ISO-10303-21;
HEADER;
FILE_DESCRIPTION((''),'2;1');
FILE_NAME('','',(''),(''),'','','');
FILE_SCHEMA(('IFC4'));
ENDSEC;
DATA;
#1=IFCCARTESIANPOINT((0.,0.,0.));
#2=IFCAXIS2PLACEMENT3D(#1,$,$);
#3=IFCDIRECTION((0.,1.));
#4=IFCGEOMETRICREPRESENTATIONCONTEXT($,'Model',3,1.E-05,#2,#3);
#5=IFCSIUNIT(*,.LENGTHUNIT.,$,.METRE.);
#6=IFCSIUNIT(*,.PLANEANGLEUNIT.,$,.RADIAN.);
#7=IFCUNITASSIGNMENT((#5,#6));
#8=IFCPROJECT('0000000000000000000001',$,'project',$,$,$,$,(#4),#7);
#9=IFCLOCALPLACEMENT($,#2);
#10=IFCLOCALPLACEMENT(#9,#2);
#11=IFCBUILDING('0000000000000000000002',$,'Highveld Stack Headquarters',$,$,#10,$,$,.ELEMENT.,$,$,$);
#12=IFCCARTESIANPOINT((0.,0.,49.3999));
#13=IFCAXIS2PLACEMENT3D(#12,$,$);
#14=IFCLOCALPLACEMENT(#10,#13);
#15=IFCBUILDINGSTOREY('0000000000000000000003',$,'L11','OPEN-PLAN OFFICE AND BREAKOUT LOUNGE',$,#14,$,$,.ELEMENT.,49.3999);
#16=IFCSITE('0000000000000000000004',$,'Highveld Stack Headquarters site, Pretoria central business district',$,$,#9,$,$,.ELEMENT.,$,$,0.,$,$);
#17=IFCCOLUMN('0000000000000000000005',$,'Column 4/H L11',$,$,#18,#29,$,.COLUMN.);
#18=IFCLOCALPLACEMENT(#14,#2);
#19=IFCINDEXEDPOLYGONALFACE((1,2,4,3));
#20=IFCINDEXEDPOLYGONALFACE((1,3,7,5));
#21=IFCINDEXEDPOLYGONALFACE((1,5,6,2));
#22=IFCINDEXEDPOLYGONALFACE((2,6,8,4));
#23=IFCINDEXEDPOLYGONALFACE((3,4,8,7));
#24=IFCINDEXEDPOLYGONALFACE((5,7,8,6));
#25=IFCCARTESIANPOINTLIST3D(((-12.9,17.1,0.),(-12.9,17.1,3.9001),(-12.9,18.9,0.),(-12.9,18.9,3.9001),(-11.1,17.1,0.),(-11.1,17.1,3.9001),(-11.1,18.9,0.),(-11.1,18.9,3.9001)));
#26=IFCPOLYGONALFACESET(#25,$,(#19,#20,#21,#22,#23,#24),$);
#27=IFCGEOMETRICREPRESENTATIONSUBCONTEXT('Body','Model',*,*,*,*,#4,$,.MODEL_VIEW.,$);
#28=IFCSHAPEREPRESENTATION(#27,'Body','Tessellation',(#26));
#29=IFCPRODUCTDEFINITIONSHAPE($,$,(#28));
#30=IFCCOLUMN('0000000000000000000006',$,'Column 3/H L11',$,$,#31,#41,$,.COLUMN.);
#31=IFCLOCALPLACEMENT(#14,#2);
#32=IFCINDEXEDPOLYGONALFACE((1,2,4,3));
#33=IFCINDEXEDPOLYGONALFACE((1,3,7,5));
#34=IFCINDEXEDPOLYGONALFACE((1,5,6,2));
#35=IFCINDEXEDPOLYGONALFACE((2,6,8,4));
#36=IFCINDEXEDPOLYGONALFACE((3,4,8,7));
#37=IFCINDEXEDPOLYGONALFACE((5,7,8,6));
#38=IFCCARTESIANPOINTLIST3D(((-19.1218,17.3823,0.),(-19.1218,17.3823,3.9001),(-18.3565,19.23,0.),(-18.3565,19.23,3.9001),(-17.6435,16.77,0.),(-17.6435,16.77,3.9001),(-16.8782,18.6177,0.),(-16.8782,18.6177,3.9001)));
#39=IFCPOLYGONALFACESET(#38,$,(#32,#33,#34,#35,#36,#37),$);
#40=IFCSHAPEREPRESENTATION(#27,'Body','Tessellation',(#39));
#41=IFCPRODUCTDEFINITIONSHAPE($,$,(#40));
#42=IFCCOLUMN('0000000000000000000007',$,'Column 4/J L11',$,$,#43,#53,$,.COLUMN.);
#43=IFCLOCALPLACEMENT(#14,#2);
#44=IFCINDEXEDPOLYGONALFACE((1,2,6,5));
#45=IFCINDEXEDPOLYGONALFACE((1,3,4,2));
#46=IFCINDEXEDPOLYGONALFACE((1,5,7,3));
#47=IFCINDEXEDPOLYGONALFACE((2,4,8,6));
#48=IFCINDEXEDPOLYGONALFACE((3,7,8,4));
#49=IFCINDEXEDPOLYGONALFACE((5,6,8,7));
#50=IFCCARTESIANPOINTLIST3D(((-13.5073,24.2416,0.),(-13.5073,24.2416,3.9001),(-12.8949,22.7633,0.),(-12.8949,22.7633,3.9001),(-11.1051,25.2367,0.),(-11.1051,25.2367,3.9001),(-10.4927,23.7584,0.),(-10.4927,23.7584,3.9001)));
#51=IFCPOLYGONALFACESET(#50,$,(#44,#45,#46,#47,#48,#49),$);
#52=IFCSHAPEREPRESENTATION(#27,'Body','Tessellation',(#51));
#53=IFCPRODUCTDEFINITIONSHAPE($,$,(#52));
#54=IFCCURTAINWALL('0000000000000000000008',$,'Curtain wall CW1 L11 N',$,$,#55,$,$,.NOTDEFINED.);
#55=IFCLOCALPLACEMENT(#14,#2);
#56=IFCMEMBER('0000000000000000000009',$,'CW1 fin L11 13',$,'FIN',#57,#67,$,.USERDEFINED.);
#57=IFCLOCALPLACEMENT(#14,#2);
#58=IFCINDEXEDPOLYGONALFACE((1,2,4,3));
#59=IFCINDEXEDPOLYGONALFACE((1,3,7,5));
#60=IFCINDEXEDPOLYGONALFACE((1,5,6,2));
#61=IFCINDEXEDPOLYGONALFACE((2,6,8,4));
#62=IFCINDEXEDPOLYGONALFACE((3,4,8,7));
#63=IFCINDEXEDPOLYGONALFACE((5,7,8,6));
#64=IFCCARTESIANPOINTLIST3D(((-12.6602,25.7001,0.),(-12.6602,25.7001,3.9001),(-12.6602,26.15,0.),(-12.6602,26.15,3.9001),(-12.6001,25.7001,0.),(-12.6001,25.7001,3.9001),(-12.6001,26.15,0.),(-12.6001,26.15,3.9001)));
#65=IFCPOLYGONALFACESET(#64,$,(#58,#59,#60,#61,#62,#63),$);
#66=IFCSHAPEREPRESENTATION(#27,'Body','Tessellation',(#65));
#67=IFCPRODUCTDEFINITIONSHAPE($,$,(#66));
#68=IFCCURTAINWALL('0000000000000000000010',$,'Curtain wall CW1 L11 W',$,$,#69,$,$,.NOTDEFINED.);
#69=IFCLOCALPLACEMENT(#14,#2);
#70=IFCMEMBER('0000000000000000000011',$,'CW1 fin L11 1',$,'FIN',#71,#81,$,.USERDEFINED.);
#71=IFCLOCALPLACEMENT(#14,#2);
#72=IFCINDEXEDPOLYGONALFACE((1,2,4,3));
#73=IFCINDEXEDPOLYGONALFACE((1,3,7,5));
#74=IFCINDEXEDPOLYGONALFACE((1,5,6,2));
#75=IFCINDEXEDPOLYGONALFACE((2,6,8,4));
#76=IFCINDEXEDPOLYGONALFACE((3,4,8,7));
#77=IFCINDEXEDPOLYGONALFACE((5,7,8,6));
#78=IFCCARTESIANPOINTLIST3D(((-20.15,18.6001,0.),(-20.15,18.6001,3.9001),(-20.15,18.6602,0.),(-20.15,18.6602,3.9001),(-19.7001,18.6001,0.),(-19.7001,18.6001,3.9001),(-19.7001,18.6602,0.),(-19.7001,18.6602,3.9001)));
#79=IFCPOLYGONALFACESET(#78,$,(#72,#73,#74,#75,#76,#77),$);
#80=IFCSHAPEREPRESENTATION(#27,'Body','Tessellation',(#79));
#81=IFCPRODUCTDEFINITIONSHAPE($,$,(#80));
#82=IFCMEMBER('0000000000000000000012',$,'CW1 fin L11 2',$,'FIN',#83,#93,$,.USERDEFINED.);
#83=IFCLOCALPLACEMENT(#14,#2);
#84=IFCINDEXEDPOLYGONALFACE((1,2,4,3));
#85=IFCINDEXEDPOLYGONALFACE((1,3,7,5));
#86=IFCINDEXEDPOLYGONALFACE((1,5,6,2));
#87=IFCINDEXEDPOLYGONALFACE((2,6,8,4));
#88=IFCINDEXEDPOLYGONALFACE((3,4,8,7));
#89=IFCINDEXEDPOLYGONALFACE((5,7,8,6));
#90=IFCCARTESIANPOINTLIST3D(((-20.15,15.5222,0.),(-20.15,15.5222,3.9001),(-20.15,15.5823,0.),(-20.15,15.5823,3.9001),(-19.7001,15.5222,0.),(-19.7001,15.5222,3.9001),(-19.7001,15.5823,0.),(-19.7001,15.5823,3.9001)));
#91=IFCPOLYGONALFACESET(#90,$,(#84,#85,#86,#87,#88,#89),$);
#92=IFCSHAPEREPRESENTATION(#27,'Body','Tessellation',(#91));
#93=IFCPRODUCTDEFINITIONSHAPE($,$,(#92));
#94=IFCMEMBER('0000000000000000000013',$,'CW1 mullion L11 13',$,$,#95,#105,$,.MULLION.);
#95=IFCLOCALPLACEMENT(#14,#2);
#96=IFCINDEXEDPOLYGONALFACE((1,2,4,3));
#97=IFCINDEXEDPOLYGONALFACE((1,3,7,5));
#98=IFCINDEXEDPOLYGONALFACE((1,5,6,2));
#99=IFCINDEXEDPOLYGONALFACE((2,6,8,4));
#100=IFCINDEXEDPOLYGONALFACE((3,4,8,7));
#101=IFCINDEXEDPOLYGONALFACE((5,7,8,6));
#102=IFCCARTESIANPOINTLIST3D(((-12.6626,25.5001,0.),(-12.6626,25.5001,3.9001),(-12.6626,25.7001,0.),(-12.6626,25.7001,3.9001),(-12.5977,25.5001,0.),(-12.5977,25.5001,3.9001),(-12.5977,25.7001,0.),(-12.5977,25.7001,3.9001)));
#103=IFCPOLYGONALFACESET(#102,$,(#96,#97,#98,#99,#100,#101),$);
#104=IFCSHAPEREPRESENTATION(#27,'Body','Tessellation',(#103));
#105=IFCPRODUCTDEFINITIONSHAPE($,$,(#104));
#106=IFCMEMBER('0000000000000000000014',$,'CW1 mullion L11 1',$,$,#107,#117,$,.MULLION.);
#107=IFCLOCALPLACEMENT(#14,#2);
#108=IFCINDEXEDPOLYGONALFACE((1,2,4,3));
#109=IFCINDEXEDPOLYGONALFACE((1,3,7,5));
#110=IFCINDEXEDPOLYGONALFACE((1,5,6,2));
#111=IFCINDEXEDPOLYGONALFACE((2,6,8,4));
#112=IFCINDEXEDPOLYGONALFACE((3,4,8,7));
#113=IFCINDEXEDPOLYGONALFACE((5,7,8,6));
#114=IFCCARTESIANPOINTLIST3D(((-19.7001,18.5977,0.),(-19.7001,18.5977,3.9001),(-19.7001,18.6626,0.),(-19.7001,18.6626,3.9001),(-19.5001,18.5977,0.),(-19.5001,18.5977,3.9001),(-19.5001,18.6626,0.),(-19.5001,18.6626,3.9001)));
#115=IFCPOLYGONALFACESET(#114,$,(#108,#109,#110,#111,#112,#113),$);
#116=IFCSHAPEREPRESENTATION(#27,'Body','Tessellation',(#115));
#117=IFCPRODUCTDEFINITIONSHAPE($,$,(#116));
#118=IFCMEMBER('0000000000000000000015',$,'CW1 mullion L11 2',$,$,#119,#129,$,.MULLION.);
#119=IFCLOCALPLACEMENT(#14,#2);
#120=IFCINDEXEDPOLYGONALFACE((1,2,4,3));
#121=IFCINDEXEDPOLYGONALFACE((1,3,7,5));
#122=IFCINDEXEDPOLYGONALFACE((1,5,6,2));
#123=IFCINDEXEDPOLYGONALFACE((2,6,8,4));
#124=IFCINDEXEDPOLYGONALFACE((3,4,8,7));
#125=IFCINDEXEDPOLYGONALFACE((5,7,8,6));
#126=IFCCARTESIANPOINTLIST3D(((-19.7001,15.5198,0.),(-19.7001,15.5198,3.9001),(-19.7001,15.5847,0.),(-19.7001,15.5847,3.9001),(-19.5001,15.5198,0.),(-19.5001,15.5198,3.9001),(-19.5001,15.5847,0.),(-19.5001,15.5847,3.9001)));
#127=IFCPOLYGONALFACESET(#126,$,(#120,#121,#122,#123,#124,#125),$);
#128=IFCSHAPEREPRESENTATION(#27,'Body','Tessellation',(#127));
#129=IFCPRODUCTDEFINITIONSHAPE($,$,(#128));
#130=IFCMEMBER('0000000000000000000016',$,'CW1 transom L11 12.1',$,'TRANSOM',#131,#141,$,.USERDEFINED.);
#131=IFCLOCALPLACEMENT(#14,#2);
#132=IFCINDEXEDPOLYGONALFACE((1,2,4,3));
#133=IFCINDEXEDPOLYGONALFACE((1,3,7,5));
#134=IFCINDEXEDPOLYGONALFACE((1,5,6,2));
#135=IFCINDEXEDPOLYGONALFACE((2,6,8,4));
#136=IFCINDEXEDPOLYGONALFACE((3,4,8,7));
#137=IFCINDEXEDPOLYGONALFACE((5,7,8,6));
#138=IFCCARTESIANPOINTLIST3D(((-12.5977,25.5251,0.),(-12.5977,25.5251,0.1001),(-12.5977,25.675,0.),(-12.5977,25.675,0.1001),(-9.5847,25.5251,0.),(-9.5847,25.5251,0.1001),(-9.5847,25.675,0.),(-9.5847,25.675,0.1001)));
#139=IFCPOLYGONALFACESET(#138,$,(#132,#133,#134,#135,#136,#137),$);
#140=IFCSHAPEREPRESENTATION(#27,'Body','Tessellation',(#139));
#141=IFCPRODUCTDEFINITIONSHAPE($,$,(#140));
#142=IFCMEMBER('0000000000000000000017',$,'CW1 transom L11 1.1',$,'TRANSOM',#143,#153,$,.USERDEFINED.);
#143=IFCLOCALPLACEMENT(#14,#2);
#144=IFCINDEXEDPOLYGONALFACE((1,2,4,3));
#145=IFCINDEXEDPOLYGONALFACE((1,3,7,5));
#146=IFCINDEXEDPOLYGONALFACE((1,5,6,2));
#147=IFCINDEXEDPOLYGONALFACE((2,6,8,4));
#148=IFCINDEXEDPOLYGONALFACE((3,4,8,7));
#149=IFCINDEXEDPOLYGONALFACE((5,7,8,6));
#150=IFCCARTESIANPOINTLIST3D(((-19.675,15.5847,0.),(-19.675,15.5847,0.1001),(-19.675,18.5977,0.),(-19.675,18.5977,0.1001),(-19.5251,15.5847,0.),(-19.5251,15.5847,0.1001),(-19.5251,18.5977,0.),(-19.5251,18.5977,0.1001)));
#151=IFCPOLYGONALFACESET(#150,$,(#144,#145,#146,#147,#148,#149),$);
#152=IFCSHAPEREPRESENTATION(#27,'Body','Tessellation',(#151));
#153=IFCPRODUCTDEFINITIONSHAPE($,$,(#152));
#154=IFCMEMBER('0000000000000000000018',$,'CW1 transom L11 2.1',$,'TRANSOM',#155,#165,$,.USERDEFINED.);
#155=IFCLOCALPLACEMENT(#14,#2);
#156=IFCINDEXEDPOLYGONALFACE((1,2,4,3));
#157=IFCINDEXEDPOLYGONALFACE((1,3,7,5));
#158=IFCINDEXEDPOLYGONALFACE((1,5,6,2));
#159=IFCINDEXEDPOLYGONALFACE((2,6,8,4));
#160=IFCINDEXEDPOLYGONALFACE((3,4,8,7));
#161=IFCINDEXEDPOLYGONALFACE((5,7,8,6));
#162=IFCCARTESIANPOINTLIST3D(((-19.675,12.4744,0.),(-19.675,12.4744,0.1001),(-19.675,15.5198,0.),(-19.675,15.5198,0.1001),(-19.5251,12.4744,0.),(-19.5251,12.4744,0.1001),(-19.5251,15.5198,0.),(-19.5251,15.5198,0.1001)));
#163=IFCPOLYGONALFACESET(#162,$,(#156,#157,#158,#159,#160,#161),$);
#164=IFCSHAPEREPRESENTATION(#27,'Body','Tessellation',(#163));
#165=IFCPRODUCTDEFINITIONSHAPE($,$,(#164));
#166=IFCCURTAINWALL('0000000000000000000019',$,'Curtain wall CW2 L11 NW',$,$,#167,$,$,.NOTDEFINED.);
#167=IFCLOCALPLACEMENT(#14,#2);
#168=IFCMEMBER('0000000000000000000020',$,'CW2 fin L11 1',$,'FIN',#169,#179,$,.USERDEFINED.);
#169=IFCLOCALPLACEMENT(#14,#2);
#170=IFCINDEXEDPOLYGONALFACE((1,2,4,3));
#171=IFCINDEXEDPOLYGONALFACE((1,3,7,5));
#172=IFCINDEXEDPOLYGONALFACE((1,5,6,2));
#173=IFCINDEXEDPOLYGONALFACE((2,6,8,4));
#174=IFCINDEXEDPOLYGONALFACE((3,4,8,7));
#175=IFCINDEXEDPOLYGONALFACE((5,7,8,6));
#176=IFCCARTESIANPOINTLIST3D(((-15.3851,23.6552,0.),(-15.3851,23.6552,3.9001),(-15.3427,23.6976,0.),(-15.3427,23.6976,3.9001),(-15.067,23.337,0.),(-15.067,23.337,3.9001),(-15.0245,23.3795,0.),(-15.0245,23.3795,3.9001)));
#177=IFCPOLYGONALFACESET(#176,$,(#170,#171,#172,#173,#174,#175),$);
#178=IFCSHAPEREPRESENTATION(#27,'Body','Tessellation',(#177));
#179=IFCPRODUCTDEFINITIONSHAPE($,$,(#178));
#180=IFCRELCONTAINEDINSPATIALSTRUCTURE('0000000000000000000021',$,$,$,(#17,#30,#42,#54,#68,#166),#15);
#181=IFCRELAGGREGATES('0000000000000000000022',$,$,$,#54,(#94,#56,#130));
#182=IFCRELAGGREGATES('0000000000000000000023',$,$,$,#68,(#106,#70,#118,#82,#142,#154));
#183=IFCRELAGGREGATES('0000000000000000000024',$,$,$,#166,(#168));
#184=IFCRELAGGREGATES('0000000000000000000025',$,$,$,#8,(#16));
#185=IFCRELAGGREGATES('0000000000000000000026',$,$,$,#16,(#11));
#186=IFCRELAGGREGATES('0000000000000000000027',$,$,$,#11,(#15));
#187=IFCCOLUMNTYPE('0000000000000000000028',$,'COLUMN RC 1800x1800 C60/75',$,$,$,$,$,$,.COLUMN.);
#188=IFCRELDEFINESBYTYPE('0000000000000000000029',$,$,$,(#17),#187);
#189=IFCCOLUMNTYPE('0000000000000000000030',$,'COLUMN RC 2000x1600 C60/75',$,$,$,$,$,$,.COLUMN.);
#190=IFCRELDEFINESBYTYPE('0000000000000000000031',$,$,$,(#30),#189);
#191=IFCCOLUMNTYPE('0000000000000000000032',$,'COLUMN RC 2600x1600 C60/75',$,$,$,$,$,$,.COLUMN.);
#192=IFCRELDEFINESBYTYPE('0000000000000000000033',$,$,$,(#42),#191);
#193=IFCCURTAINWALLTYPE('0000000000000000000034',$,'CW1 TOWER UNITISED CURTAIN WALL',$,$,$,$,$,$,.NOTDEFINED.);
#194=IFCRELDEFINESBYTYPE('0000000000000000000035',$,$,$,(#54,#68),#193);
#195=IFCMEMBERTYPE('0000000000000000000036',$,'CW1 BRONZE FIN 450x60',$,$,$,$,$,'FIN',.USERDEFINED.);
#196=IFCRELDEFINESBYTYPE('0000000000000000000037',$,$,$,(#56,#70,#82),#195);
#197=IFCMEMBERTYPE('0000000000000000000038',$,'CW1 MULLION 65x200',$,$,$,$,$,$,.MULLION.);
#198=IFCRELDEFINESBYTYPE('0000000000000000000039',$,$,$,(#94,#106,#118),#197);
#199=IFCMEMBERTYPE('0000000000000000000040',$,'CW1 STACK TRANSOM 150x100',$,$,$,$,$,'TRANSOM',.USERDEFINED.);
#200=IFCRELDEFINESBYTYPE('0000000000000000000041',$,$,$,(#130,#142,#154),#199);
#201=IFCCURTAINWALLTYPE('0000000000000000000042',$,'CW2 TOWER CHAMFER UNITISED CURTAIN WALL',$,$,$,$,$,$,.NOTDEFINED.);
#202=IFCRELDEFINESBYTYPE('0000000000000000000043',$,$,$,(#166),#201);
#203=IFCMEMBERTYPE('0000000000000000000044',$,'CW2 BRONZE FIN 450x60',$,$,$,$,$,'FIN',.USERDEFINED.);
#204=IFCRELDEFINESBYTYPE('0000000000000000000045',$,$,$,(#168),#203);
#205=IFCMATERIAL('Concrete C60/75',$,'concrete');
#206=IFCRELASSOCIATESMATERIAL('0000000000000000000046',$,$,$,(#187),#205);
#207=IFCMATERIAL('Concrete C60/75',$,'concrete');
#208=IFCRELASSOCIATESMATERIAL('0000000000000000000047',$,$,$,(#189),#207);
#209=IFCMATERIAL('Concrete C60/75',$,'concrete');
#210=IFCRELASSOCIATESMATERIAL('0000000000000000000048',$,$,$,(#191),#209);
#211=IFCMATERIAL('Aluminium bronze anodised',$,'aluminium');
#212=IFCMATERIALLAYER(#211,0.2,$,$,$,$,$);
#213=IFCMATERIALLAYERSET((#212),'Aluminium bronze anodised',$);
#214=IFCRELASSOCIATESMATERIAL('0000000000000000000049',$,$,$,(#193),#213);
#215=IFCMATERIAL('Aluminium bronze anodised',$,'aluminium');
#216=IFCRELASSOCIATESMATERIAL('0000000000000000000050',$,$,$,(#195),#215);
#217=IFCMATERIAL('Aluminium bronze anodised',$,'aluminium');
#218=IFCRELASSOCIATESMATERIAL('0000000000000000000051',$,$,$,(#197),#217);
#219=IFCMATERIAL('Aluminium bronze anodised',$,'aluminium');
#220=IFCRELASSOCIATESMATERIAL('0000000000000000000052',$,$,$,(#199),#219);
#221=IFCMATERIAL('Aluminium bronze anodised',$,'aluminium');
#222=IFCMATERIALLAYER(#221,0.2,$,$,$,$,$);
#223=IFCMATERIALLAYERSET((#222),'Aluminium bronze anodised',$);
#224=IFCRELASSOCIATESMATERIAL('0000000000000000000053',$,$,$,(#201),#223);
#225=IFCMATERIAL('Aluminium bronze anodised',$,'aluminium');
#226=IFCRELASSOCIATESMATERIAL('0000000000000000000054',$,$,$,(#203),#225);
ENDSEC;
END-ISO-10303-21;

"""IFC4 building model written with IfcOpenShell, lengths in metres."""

from ifc_helpers import new_model, si_unit, direction, frame, origin, origin_2d, place, context, subcontext, project, spatial, rectangle, extrude, material, layer, layer_set, material_profile, profile_set, type_object, element, aggregate, save


model = new_model("IFC4")

# Units and contexts
model_context = context("Model", 3, precision=1e-05, world=origin(), true_north=direction((0.0, 1.0)))
body_context = subcontext(model_context, "Body", "Model", "MODEL_VIEW")
ifc_project = project(units=[si_unit("LENGTHUNIT", "METRE"), si_unit("PLANEANGLEUNIT", "RADIAN")], contexts=[model_context])

# Site, building, storey
site_placement = place(None, origin())
site = spatial("IfcSite", under=ifc_project, at=site_placement, Name="Highveld Stack Headquarters site, Pretoria central business district", CompositionType="ELEMENT", RefElevation=0.0)
building_placement = place(site_placement, origin())
building = spatial("IfcBuilding", under=site, at=building_placement, Name="Highveld Stack Headquarters", CompositionType="ELEMENT")
storey_placement = place(building_placement, frame((0.0, 0.0, 49.3999)))
storey = spatial("IfcBuildingStorey", under=building, at=storey_placement, Name="L11", Description="OPEN-PLAN OFFICE AND BREAKOUT LOUNGE", CompositionType="ELEMENT", Elevation=49.3999)

# Columns
ifc_material_1 = material(Name="Concrete C60/75", Category="concrete")
ifc_material_profile_1 = material_profile(ifc_material_1, rectangle(XDim=1.8, YDim=1.8, at=origin_2d()), Name="RC 1800x1800")
ifc_profile_set_1 = profile_set([ifc_material_profile_1], Name="Concrete C60/75")
column_type_1 = type_object("IfcColumnType", Name="COLUMN RC 1800x1800 C60/75", PredefinedType="COLUMN", material=ifc_profile_set_1)
column_1_placement = place(storey_placement, frame((-12.0, 18.0, 0.0), z_axis=(0.0, 0.0, 1.0), x_axis=(1.0, 0.0, 0.0)))
element("IfcColumn", 1, at=column_1_placement, inside=storey, type_object=column_type_1, Name="Column 4/H L11", PredefinedType="COLUMN", context=body_context, shape_type="SweptSolid", body=[
    extrude(rectangle(XDim=1.8, YDim=1.8, at=origin_2d()), origin(), (0.0, 0.0, 1.0), 3.9001),
])
ifc_material_2 = material(Name="Concrete C60/75", Category="concrete")
ifc_material_profile_2 = material_profile(ifc_material_2, rectangle(XDim=2.0, YDim=1.6001, at=origin_2d()), Name="RC 2000x1600")
ifc_profile_set_2 = profile_set([ifc_material_profile_2], Name="Concrete C60/75")
column_type_2 = type_object("IfcColumnType", Name="COLUMN RC 2000x1600 C60/75", PredefinedType="COLUMN", material=ifc_profile_set_2)
column_2_placement = place(storey_placement, frame((-18.0, 18.0, 0.0), z_axis=(0.0, 0.0, 1.0), x_axis=(0.382683, 0.92388, 0.0)))
element("IfcColumn", 2, at=column_2_placement, inside=storey, type_object=column_type_2, Name="Column 3/H L11", PredefinedType="COLUMN", context=body_context, shape_type="SweptSolid", body=[
    extrude(rectangle(XDim=2.0, YDim=1.6001, at=origin_2d()), origin(), (0.0, 0.0, 1.0), 3.9001),
])
ifc_material_3 = material(Name="Concrete C60/75", Category="concrete")
ifc_material_profile_3 = material_profile(ifc_material_3, rectangle(XDim=2.6001, YDim=1.6001, at=origin_2d()), Name="RC 2600x1600")
ifc_profile_set_3 = profile_set([ifc_material_profile_3], Name="Concrete C60/75")
column_type_3 = type_object("IfcColumnType", Name="COLUMN RC 2600x1600 C60/75", PredefinedType="COLUMN", material=ifc_profile_set_3)
column_3_placement = place(storey_placement, frame((-12.0, 24.0, 0.0), z_axis=(0.0, 0.0, 1.0), x_axis=(0.92388, 0.382683, 0.0)))
element("IfcColumn", 3, at=column_3_placement, inside=storey, type_object=column_type_3, Name="Column 4/J L11", PredefinedType="COLUMN", context=body_context, shape_type="SweptSolid", body=[
    extrude(rectangle(XDim=2.6001, YDim=1.6001, at=origin_2d()), origin(), (0.0, 0.0, 1.0), 3.9001),
])

# Curtain wall, member
ifc_material_4 = material(Name="Aluminium bronze anodised", Category="aluminium")
ifc_layer_1 = layer(ifc_material_4, 0.2)
ifc_layer_set_1 = layer_set([ifc_layer_1], Name="Aluminium bronze anodised")
curtain_wall_type_1 = type_object("IfcCurtainWallType", Name="CW1 TOWER UNITISED CURTAIN WALL", PredefinedType="NOTDEFINED", material=ifc_layer_set_1)
curtain_wall_1_placement = place(storey_placement, origin())
curtain_wall_1 = element("IfcCurtainWall", 4, at=curtain_wall_1_placement, inside=storey, type_object=curtain_wall_type_1, Name="Curtain wall CW1 L11 N", PredefinedType="NOTDEFINED")
ifc_material_5 = material(Name="Aluminium bronze anodised", Category="aluminium")
ifc_material_profile_4 = material_profile(ifc_material_5, rectangle(XDim=0.45, YDim=0.0601, at=origin_2d()), Name="FIN 450x60")
ifc_profile_set_4 = profile_set([ifc_material_profile_4], Name="Aluminium bronze anodised")
member_type_1 = type_object("IfcMemberType", Name="CW1 BRONZE FIN 450x60", ElementType="FIN", PredefinedType="USERDEFINED", material=ifc_profile_set_4)
member_1_placement = place(storey_placement, frame((-12.6301, 25.925, 0.0), z_axis=(0.0, 0.0, 1.0), x_axis=(0.0, -1.0, 0.0)))
member_1 = element("IfcMember", 5, at=member_1_placement, type_object=member_type_1, Name="CW1 fin L11 13", ObjectType="FIN", PredefinedType="USERDEFINED", context=body_context, shape_type="SweptSolid", body=[
    extrude(rectangle(XDim=0.45, YDim=0.0601, at=origin_2d()), origin(), (0.0, 0.0, 1.0), 3.9001),
])

# Curtain wall, members
curtain_wall_2_placement = place(storey_placement, origin())
curtain_wall_2 = element("IfcCurtainWall", 6, at=curtain_wall_2_placement, inside=storey, type_object=curtain_wall_type_1, Name="Curtain wall CW1 L11 W", PredefinedType="NOTDEFINED")
member_2_placement = place(storey_placement, frame((-19.925, 18.6301, 0.0), z_axis=(0.0, 0.0, 1.0), x_axis=(1.0, 0.0, 0.0)))
member_2 = element("IfcMember", 7, at=member_2_placement, type_object=member_type_1, Name="CW1 fin L11 1", ObjectType="FIN", PredefinedType="USERDEFINED", context=body_context, shape_type="SweptSolid", body=[
    extrude(rectangle(XDim=0.45, YDim=0.0601, at=origin_2d()), origin(), (0.0, 0.0, 1.0), 3.9001),
])
member_3_placement = place(storey_placement, frame((-19.925, 15.5522, 0.0), z_axis=(0.0, 0.0, 1.0), x_axis=(1.0, 0.0, 0.0)))
member_3 = element("IfcMember", 8, at=member_3_placement, type_object=member_type_1, Name="CW1 fin L11 2", ObjectType="FIN", PredefinedType="USERDEFINED", context=body_context, shape_type="SweptSolid", body=[
    extrude(rectangle(XDim=0.45, YDim=0.0601, at=origin_2d()), origin(), (0.0, 0.0, 1.0), 3.9001),
])

# Members
ifc_material_6 = material(Name="Aluminium bronze anodised", Category="aluminium")
ifc_material_profile_5 = material_profile(ifc_material_6, rectangle(XDim=0.2, YDim=0.0649, at=origin_2d()), Name="CW1 MULLION 65x200")
ifc_profile_set_5 = profile_set([ifc_material_profile_5], Name="Aluminium bronze anodised")
member_type_2 = type_object("IfcMemberType", Name="CW1 MULLION 65x200", PredefinedType="MULLION", material=ifc_profile_set_5)
member_4_placement = place(storey_placement, frame((-12.6301, 25.6001, 0.0), z_axis=(0.0, 0.0, 1.0), x_axis=(0.0, -1.0, 0.0)))
member_4 = element("IfcMember", 9, at=member_4_placement, type_object=member_type_2, Name="CW1 mullion L11 13", PredefinedType="MULLION", context=body_context, shape_type="SweptSolid", body=[
    extrude(rectangle(XDim=0.2, YDim=0.0649, at=origin_2d()), origin(), (0.0, 0.0, 1.0), 3.9001),
])
member_5_placement = place(storey_placement, frame((-19.6001, 18.6301, 0.0), z_axis=(0.0, 0.0, 1.0), x_axis=(1.0, 0.0, 0.0)))
member_5 = element("IfcMember", 10, at=member_5_placement, type_object=member_type_2, Name="CW1 mullion L11 1", PredefinedType="MULLION", context=body_context, shape_type="SweptSolid", body=[
    extrude(rectangle(XDim=0.2, YDim=0.0649, at=origin_2d()), origin(), (0.0, 0.0, 1.0), 3.9001),
])
member_6_placement = place(storey_placement, frame((-19.6001, 15.5522, 0.0), z_axis=(0.0, 0.0, 1.0), x_axis=(1.0, 0.0, 0.0)))
member_6 = element("IfcMember", 11, at=member_6_placement, type_object=member_type_2, Name="CW1 mullion L11 2", PredefinedType="MULLION", context=body_context, shape_type="SweptSolid", body=[
    extrude(rectangle(XDim=0.2, YDim=0.0649, at=origin_2d()), origin(), (0.0, 0.0, 1.0), 3.9001),
])
ifc_material_7 = material(Name="Aluminium bronze anodised", Category="aluminium")
ifc_material_profile_6 = material_profile(ifc_material_7, rectangle(XDim=0.1499, YDim=0.1001, at=origin_2d()), Name="CW1 TRANSOM 150x100")
ifc_profile_set_6 = profile_set([ifc_material_profile_6], Name="Aluminium bronze anodised")
member_type_3 = type_object("IfcMemberType", Name="CW1 STACK TRANSOM 150x100", ElementType="TRANSOM", PredefinedType="USERDEFINED", material=ifc_profile_set_6)
member_7_placement = place(storey_placement, frame((-9.5847, 25.6001, 0.05), z_axis=(-1.0, 0.0, 0.0), x_axis=(0.0, -1.0, 0.0)))
member_7 = element("IfcMember", 12, at=member_7_placement, type_object=member_type_3, Name="CW1 transom L11 12.1", ObjectType="TRANSOM", PredefinedType="USERDEFINED", context=body_context, shape_type="SweptSolid", body=[
    extrude(rectangle(XDim=0.1499, YDim=0.1001, at=origin_2d()), origin(), (0.0, 0.0, 1.0), 3.0129),
])
member_8_placement = place(storey_placement, frame((-19.6001, 18.5977, 0.05), z_axis=(0.0, -1.0, 0.0), x_axis=(1.0, 0.0, 0.0)))
member_8 = element("IfcMember", 13, at=member_8_placement, type_object=member_type_3, Name="CW1 transom L11 1.1", ObjectType="TRANSOM", PredefinedType="USERDEFINED", context=body_context, shape_type="SweptSolid", body=[
    extrude(rectangle(XDim=0.1499, YDim=0.1001, at=origin_2d()), origin(), (0.0, 0.0, 1.0), 3.0129),
])
member_9_placement = place(storey_placement, frame((-19.6001, 15.5198, 0.05), z_axis=(0.0, -1.0, 0.0), x_axis=(1.0, 0.0, 0.0)))
member_9 = element("IfcMember", 14, at=member_9_placement, type_object=member_type_3, Name="CW1 transom L11 2.1", ObjectType="TRANSOM", PredefinedType="USERDEFINED", context=body_context, shape_type="SweptSolid", body=[
    extrude(rectangle(XDim=0.1499, YDim=0.1001, at=origin_2d()), origin(), (0.0, 0.0, 1.0), 3.0454),
])

# Curtain wall, member
ifc_material_8 = material(Name="Aluminium bronze anodised", Category="aluminium")
ifc_layer_2 = layer(ifc_material_8, 0.2)
ifc_layer_set_2 = layer_set([ifc_layer_2], Name="Aluminium bronze anodised")
curtain_wall_type_2 = type_object("IfcCurtainWallType", Name="CW2 TOWER CHAMFER UNITISED CURTAIN WALL", PredefinedType="NOTDEFINED", material=ifc_layer_set_2)
curtain_wall_3_placement = place(storey_placement, origin())
curtain_wall_3 = element("IfcCurtainWall", 15, at=curtain_wall_3_placement, inside=storey, type_object=curtain_wall_type_2, Name="Curtain wall CW2 L11 NW", PredefinedType="NOTDEFINED")
ifc_material_9 = material(Name="Aluminium bronze anodised", Category="aluminium")
ifc_material_profile_7 = material_profile(ifc_material_9, rectangle(XDim=0.45, YDim=0.0601, at=origin_2d()), Name="FIN 450x60")
ifc_profile_set_7 = profile_set([ifc_material_profile_7], Name="Aluminium bronze anodised")
member_type_4 = type_object("IfcMemberType", Name="CW2 BRONZE FIN 450x60", ElementType="FIN", PredefinedType="USERDEFINED", material=ifc_profile_set_7)
member_10_placement = place(storey_placement, frame((-15.2048, 23.5173, 0.0), z_axis=(0.0, 0.0, 1.0), x_axis=(0.707107, -0.707107, 0.0)))
member_10 = element("IfcMember", 16, at=member_10_placement, type_object=member_type_4, Name="CW2 fin L11 1", ObjectType="FIN", PredefinedType="USERDEFINED", context=body_context, shape_type="SweptSolid", body=[
    extrude(rectangle(XDim=0.45, YDim=0.0601, at=origin_2d()), origin(), (0.0, 0.0, 1.0), 3.9001),
])

aggregate(curtain_wall_1, [member_4, member_1, member_7])
aggregate(curtain_wall_2, [member_5, member_2, member_6, member_3, member_8, member_9])
aggregate(curtain_wall_3, [member_10])

save(model, "model.ifc")
